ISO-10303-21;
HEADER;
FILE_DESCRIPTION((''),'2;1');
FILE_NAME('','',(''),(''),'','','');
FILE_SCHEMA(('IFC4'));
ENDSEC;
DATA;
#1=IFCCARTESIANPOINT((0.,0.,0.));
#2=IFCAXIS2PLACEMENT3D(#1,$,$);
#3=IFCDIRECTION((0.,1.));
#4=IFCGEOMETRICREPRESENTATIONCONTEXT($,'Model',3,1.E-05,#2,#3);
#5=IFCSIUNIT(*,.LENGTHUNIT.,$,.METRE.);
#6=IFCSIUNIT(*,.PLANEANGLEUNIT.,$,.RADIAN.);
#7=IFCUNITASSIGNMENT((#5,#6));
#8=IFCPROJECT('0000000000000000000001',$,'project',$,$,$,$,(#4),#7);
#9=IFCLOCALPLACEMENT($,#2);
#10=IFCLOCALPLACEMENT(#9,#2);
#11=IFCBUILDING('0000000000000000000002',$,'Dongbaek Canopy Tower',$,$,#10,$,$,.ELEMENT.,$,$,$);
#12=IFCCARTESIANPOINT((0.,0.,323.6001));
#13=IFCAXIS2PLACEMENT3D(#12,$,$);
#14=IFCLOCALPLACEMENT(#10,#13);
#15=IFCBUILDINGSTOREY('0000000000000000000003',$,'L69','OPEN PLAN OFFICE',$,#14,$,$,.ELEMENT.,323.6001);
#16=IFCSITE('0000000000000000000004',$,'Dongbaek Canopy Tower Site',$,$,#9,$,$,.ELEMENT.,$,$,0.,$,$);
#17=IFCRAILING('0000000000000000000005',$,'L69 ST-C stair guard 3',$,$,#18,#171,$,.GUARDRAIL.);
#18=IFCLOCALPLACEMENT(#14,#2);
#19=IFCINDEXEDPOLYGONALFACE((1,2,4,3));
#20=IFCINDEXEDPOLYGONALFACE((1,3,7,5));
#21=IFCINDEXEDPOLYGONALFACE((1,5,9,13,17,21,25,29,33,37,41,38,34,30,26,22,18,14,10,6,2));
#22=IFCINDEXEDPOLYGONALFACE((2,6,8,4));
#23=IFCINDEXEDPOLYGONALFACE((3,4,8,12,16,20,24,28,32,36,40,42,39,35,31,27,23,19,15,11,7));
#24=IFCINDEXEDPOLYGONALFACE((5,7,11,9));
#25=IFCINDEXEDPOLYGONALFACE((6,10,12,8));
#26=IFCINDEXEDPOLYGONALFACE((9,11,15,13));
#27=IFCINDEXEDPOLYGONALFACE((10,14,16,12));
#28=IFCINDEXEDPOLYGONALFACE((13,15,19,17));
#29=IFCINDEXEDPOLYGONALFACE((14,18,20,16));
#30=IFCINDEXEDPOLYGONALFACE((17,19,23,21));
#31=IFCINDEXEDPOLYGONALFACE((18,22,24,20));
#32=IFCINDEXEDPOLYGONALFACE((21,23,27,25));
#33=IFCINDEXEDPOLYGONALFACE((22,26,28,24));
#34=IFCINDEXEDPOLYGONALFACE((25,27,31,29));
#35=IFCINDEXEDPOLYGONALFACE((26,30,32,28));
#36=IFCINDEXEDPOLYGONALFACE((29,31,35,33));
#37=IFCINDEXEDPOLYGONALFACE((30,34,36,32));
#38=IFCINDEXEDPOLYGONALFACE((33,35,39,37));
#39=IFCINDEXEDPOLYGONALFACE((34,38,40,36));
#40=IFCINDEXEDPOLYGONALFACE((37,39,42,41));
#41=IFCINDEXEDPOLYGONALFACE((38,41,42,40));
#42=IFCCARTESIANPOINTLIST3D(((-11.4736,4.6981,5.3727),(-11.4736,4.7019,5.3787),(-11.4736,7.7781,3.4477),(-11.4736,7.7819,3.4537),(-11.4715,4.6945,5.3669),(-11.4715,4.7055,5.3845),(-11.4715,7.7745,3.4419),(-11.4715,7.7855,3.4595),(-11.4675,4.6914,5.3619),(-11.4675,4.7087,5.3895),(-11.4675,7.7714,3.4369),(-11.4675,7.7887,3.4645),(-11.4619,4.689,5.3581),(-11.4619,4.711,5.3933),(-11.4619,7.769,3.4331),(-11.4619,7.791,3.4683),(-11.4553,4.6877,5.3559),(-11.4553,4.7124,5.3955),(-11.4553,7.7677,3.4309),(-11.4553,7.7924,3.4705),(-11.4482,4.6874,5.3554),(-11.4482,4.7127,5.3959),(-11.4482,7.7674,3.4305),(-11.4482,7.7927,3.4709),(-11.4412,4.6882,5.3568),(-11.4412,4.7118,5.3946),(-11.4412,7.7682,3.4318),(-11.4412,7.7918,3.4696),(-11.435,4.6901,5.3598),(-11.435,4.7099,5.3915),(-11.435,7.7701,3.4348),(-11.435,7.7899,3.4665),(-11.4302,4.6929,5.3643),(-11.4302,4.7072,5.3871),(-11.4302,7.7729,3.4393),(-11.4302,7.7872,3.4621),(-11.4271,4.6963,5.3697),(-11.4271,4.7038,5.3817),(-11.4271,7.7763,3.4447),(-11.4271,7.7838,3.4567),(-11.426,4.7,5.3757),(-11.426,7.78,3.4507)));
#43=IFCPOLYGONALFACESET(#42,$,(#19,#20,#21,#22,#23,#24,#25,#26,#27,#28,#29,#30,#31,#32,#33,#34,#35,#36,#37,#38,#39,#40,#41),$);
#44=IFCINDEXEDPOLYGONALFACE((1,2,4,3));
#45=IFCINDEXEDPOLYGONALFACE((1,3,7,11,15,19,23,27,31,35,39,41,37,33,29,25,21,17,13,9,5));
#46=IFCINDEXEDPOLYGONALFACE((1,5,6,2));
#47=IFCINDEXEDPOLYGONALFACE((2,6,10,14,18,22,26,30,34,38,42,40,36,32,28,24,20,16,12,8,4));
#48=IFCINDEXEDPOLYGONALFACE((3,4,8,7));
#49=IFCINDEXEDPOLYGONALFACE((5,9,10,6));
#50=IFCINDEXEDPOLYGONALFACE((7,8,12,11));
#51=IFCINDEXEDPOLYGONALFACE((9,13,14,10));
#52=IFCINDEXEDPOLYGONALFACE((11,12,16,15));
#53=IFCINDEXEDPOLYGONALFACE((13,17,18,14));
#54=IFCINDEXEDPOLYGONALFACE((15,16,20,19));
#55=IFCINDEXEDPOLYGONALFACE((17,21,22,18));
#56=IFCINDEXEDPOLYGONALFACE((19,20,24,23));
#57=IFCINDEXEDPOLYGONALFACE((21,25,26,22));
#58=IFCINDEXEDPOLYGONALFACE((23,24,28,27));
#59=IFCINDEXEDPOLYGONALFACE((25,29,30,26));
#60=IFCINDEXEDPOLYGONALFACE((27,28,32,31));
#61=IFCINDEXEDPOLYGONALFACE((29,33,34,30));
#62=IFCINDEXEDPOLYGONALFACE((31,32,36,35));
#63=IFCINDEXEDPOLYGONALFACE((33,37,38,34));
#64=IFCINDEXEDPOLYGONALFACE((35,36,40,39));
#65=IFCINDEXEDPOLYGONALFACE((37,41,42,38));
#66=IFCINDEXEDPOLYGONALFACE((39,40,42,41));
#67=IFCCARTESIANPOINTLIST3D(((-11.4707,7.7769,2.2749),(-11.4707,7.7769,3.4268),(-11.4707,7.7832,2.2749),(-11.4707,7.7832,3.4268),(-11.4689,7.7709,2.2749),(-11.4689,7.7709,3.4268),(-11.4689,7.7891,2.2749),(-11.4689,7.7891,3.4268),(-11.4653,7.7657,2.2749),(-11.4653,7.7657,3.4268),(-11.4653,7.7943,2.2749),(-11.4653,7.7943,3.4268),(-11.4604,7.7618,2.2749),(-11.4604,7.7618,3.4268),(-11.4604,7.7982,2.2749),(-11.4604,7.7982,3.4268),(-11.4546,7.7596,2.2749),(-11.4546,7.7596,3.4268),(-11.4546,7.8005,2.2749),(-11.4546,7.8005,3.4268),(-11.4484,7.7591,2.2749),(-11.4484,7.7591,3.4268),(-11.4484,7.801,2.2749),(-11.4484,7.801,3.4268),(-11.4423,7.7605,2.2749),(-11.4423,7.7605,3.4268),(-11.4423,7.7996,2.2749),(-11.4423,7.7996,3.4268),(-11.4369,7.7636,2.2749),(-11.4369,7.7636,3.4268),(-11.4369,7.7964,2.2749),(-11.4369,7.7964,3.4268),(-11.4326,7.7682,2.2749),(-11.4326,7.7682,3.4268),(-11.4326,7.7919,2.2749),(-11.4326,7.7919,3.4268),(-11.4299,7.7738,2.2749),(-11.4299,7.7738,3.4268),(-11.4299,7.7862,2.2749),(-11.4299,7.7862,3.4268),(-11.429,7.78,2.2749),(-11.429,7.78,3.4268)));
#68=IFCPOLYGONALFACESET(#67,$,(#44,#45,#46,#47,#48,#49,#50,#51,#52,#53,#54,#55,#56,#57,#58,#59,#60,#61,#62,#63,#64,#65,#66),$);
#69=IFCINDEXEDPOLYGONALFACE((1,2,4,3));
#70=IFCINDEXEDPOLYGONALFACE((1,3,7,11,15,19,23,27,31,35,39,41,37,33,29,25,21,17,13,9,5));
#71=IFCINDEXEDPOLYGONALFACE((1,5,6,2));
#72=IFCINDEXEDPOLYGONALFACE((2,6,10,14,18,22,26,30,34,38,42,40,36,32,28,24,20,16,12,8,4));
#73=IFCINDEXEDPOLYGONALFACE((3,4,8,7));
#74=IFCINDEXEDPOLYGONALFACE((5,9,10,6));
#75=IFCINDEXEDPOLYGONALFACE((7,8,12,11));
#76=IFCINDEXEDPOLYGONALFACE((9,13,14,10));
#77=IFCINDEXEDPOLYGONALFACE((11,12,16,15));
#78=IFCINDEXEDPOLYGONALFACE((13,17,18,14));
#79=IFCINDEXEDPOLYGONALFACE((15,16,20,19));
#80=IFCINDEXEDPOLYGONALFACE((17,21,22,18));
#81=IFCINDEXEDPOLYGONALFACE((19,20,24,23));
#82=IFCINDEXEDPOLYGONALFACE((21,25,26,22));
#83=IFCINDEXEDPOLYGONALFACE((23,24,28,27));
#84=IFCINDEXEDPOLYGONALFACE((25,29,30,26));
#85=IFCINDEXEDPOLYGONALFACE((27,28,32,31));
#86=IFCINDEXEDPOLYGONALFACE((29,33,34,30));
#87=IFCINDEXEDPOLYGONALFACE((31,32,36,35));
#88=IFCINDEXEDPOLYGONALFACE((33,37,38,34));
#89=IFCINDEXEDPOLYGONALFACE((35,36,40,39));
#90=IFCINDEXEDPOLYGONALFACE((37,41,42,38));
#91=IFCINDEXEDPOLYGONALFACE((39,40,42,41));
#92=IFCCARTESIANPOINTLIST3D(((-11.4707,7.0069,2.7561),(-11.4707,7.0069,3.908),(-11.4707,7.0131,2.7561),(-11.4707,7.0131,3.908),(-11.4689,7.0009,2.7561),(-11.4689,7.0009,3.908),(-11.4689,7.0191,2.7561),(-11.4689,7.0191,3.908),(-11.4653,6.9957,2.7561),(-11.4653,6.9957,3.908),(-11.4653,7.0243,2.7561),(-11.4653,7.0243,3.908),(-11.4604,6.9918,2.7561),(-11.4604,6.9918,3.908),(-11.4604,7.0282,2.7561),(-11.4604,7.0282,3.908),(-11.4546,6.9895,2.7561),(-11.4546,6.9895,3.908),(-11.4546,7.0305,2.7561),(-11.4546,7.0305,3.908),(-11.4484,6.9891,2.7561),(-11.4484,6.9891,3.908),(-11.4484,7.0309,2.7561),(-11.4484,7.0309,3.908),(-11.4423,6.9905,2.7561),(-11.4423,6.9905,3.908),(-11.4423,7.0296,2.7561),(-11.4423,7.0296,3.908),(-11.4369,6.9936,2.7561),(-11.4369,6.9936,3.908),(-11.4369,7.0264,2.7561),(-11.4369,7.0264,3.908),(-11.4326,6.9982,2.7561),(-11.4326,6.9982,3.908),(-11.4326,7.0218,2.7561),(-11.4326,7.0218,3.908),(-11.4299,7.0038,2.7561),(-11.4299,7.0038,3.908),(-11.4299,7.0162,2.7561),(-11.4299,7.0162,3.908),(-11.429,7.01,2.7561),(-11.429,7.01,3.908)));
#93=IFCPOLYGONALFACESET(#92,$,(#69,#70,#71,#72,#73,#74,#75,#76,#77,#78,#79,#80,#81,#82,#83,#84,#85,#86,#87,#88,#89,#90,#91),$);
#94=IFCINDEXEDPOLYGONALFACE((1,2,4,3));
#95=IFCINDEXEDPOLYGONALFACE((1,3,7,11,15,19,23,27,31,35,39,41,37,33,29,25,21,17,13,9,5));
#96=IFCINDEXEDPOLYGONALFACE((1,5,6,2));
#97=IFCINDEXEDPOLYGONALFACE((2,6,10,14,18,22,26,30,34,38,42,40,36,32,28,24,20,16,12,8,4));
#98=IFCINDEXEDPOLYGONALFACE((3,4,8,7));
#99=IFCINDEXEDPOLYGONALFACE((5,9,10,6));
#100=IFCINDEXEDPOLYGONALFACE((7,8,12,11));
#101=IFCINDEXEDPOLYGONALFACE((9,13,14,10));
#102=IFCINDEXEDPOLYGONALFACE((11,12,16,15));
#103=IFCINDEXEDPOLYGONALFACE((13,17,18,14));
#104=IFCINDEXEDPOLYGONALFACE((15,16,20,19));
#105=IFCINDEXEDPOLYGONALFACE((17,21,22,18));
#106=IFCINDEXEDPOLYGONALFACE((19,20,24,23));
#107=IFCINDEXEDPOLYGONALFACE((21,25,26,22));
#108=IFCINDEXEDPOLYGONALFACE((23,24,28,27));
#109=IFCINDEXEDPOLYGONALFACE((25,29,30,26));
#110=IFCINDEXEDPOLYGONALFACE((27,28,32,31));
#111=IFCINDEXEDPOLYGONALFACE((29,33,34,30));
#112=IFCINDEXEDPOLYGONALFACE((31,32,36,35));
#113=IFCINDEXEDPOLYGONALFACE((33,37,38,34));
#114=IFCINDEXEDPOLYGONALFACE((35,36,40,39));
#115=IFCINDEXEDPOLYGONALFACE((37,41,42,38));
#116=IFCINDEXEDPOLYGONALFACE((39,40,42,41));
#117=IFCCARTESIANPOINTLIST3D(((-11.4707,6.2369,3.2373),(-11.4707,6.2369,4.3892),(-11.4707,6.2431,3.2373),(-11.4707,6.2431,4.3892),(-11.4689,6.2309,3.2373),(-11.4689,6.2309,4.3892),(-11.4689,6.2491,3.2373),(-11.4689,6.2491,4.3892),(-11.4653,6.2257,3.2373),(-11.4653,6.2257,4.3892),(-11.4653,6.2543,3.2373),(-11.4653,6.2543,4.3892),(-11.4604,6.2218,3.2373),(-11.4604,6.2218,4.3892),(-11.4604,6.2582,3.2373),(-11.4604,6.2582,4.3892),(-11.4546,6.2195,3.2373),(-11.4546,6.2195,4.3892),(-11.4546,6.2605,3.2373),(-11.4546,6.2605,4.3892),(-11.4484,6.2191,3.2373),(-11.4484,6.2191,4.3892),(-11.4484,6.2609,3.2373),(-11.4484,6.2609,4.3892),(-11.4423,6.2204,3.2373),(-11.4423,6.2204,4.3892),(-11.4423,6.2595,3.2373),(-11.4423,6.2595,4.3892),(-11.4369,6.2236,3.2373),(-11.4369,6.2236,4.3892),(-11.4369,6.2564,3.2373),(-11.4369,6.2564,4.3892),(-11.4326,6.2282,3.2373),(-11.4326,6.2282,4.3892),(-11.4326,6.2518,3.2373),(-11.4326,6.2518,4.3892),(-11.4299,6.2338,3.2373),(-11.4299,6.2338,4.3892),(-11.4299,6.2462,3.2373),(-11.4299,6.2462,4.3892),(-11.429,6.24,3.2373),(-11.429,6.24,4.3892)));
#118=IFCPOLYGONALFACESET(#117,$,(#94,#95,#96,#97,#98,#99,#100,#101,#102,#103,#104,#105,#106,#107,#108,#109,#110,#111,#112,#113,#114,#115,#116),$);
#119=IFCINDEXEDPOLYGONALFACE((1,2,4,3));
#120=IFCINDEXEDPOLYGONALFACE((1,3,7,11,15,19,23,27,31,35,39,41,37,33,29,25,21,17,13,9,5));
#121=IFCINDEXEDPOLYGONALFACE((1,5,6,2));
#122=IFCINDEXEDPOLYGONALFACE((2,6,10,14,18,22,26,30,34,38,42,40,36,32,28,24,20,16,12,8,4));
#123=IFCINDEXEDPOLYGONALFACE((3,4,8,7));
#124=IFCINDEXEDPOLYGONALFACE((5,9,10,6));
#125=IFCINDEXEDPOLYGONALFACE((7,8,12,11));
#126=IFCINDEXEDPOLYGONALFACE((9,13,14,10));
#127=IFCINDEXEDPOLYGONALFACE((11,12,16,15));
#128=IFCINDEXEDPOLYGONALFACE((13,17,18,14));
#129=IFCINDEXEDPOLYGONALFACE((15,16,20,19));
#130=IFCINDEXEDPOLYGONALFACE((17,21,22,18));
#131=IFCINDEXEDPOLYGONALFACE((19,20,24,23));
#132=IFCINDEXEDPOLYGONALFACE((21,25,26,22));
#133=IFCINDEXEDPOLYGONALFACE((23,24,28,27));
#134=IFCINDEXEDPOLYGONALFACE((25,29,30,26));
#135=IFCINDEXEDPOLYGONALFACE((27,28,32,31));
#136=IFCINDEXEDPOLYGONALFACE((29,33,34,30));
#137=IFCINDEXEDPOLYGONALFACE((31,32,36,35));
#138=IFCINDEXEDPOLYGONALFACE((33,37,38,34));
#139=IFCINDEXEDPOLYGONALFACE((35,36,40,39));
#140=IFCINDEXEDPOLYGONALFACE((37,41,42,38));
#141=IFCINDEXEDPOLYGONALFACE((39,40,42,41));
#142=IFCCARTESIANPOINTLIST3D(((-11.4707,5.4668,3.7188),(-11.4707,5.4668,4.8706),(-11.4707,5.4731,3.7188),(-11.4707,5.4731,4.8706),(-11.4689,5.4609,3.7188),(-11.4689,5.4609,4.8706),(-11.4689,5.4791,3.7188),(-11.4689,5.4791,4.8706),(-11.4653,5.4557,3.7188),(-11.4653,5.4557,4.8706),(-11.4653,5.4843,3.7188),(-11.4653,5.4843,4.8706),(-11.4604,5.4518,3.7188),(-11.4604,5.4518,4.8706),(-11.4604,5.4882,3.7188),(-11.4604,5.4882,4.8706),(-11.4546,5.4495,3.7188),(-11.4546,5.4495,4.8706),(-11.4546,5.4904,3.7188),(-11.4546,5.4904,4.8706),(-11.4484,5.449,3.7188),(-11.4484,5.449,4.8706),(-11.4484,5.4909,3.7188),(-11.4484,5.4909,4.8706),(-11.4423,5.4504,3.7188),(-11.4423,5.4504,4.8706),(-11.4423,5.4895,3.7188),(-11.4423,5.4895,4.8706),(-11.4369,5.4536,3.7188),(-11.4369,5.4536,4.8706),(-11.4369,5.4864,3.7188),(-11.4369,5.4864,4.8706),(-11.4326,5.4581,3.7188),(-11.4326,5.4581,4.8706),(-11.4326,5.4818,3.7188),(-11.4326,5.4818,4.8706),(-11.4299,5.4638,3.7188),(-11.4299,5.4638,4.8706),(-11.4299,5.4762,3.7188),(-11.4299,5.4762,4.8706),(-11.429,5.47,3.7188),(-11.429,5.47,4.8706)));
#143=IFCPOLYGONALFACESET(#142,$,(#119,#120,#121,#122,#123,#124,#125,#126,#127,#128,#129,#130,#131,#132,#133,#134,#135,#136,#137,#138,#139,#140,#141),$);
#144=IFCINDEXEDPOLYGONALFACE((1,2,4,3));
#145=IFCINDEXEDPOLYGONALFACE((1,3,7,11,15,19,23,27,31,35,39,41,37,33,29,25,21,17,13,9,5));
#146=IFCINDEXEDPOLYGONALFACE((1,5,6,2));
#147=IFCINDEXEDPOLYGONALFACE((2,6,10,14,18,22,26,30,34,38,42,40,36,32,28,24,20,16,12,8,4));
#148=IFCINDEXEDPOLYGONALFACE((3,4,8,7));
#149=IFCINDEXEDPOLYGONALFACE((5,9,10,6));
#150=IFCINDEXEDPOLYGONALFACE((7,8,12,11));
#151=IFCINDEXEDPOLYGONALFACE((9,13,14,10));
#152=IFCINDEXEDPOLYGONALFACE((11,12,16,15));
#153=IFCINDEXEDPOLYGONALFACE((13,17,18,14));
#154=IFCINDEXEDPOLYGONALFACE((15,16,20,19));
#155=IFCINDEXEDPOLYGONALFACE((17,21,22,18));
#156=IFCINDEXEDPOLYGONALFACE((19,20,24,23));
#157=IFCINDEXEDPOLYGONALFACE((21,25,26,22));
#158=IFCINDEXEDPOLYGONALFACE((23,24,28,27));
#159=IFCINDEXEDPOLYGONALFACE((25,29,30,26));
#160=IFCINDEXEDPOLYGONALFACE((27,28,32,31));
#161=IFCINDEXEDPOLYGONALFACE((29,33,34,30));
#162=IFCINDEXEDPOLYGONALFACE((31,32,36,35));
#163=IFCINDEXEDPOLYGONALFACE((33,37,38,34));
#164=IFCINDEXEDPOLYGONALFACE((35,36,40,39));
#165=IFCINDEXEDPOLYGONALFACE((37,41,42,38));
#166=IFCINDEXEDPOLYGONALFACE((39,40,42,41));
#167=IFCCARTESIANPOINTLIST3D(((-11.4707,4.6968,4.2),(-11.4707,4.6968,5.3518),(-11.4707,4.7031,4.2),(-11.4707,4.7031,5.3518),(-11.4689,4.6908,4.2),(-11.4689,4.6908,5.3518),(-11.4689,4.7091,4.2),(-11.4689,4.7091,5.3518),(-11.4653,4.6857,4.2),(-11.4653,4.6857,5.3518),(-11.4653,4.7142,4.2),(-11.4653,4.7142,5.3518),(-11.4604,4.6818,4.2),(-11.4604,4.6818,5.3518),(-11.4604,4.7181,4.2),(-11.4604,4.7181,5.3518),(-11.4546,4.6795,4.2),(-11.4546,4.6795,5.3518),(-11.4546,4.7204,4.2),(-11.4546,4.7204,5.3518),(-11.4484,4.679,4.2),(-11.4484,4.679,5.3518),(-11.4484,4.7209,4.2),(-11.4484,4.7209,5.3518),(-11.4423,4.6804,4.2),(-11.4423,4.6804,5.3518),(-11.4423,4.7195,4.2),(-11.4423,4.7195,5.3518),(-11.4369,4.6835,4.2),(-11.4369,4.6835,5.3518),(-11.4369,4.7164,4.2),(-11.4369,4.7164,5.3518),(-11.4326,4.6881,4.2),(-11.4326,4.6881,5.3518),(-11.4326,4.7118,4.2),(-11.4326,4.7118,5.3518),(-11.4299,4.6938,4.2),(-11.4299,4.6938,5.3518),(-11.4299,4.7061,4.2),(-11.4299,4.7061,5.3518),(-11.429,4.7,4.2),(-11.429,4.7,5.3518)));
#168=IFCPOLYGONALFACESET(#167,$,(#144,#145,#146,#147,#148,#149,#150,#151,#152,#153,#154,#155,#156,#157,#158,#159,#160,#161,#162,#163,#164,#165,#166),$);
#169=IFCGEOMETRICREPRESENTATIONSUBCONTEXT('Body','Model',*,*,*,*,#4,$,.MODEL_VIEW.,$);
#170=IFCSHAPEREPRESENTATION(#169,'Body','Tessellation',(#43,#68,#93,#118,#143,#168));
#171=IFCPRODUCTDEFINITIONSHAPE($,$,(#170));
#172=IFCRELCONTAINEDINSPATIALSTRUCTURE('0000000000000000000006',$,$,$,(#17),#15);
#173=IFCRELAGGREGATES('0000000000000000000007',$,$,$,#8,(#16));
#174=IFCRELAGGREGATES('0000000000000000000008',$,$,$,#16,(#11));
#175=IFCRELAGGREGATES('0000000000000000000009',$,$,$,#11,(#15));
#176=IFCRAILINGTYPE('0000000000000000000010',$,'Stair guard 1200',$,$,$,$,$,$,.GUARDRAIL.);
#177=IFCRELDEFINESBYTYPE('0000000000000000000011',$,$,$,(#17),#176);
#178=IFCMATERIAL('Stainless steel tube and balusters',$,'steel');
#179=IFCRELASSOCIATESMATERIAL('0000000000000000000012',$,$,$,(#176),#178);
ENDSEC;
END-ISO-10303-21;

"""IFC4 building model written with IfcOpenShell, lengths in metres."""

from ifc_helpers import new_model, si_unit, direction, frame, origin, origin_2d, place, context, subcontext, project, spatial, circle, extrude, material, type_object, element, save


model = new_model("IFC4")

# Units and contexts
model_context = context("Model", 3, precision=1e-05, world=origin(), true_north=direction((0.0, 1.0)))
body_context = subcontext(model_context, "Body", "Model", "MODEL_VIEW")
ifc_project = project(units=[si_unit("LENGTHUNIT", "METRE"), si_unit("PLANEANGLEUNIT", "RADIAN")], contexts=[model_context])

# Site, building, storey
site_placement = place(None, origin())
site = spatial("IfcSite", under=ifc_project, at=site_placement, Name="Dongbaek Canopy Tower Site", CompositionType="ELEMENT", RefElevation=0.0)
building_placement = place(site_placement, origin())
building = spatial("IfcBuilding", under=site, at=building_placement, Name="Dongbaek Canopy Tower", CompositionType="ELEMENT")
storey_placement = place(building_placement, frame((0.0, 0.0, 323.6001)))
storey = spatial("IfcBuildingStorey", under=building, at=storey_placement, Name="L69", Description="OPEN PLAN OFFICE", CompositionType="ELEMENT", Elevation=323.6001)

# Railing
ifc_material_1 = material(Name="Stainless steel tube and balusters", Category="steel")
railing_type_1 = type_object("IfcRailingType", Name="Stair guard 1200", PredefinedType="GUARDRAIL", material=ifc_material_1)
railing_1_placement = place(storey_placement, frame((-11.45, 7.78, 2.2749)))
element("IfcRailing", 1, at=railing_1_placement, inside=storey, type_object=railing_type_1, Name="L69 ST-C stair guard 3", PredefinedType="GUARDRAIL", context=body_context, shape_type="SweptSolid", body=[
    extrude(circle(Radius=0.0239, at=origin_2d()), frame((0.0, 0.0, 1.1758), z_axis=(0.0, -0.847998, 0.529999), x_axis=(1.0, 0.0, 0.0)), (0.0, 0.0, 1.0), 3.6321),
    extrude(circle(Radius=0.021, at=origin_2d()), origin(), (0.0, 0.0, 1.0), 1.1519),
    extrude(circle(Radius=0.021, at=origin_2d()), frame((0.0, -0.77, 0.4812)), (0.0, 0.0, 1.0), 1.1519),
    extrude(circle(Radius=0.021, at=origin_2d()), frame((0.0, -1.54, 0.9624)), (0.0, 0.0, 1.0), 1.1519),
    extrude(circle(Radius=0.021, at=origin_2d()), frame((0.0, -2.3101, 1.4438)), (0.0, 0.0, 1.0), 1.1519),
    extrude(circle(Radius=0.021, at=origin_2d()), frame((0.0, -3.0801, 1.925)), (0.0, 0.0, 1.0), 1.1519),
])

save(model, "model.ifc")
